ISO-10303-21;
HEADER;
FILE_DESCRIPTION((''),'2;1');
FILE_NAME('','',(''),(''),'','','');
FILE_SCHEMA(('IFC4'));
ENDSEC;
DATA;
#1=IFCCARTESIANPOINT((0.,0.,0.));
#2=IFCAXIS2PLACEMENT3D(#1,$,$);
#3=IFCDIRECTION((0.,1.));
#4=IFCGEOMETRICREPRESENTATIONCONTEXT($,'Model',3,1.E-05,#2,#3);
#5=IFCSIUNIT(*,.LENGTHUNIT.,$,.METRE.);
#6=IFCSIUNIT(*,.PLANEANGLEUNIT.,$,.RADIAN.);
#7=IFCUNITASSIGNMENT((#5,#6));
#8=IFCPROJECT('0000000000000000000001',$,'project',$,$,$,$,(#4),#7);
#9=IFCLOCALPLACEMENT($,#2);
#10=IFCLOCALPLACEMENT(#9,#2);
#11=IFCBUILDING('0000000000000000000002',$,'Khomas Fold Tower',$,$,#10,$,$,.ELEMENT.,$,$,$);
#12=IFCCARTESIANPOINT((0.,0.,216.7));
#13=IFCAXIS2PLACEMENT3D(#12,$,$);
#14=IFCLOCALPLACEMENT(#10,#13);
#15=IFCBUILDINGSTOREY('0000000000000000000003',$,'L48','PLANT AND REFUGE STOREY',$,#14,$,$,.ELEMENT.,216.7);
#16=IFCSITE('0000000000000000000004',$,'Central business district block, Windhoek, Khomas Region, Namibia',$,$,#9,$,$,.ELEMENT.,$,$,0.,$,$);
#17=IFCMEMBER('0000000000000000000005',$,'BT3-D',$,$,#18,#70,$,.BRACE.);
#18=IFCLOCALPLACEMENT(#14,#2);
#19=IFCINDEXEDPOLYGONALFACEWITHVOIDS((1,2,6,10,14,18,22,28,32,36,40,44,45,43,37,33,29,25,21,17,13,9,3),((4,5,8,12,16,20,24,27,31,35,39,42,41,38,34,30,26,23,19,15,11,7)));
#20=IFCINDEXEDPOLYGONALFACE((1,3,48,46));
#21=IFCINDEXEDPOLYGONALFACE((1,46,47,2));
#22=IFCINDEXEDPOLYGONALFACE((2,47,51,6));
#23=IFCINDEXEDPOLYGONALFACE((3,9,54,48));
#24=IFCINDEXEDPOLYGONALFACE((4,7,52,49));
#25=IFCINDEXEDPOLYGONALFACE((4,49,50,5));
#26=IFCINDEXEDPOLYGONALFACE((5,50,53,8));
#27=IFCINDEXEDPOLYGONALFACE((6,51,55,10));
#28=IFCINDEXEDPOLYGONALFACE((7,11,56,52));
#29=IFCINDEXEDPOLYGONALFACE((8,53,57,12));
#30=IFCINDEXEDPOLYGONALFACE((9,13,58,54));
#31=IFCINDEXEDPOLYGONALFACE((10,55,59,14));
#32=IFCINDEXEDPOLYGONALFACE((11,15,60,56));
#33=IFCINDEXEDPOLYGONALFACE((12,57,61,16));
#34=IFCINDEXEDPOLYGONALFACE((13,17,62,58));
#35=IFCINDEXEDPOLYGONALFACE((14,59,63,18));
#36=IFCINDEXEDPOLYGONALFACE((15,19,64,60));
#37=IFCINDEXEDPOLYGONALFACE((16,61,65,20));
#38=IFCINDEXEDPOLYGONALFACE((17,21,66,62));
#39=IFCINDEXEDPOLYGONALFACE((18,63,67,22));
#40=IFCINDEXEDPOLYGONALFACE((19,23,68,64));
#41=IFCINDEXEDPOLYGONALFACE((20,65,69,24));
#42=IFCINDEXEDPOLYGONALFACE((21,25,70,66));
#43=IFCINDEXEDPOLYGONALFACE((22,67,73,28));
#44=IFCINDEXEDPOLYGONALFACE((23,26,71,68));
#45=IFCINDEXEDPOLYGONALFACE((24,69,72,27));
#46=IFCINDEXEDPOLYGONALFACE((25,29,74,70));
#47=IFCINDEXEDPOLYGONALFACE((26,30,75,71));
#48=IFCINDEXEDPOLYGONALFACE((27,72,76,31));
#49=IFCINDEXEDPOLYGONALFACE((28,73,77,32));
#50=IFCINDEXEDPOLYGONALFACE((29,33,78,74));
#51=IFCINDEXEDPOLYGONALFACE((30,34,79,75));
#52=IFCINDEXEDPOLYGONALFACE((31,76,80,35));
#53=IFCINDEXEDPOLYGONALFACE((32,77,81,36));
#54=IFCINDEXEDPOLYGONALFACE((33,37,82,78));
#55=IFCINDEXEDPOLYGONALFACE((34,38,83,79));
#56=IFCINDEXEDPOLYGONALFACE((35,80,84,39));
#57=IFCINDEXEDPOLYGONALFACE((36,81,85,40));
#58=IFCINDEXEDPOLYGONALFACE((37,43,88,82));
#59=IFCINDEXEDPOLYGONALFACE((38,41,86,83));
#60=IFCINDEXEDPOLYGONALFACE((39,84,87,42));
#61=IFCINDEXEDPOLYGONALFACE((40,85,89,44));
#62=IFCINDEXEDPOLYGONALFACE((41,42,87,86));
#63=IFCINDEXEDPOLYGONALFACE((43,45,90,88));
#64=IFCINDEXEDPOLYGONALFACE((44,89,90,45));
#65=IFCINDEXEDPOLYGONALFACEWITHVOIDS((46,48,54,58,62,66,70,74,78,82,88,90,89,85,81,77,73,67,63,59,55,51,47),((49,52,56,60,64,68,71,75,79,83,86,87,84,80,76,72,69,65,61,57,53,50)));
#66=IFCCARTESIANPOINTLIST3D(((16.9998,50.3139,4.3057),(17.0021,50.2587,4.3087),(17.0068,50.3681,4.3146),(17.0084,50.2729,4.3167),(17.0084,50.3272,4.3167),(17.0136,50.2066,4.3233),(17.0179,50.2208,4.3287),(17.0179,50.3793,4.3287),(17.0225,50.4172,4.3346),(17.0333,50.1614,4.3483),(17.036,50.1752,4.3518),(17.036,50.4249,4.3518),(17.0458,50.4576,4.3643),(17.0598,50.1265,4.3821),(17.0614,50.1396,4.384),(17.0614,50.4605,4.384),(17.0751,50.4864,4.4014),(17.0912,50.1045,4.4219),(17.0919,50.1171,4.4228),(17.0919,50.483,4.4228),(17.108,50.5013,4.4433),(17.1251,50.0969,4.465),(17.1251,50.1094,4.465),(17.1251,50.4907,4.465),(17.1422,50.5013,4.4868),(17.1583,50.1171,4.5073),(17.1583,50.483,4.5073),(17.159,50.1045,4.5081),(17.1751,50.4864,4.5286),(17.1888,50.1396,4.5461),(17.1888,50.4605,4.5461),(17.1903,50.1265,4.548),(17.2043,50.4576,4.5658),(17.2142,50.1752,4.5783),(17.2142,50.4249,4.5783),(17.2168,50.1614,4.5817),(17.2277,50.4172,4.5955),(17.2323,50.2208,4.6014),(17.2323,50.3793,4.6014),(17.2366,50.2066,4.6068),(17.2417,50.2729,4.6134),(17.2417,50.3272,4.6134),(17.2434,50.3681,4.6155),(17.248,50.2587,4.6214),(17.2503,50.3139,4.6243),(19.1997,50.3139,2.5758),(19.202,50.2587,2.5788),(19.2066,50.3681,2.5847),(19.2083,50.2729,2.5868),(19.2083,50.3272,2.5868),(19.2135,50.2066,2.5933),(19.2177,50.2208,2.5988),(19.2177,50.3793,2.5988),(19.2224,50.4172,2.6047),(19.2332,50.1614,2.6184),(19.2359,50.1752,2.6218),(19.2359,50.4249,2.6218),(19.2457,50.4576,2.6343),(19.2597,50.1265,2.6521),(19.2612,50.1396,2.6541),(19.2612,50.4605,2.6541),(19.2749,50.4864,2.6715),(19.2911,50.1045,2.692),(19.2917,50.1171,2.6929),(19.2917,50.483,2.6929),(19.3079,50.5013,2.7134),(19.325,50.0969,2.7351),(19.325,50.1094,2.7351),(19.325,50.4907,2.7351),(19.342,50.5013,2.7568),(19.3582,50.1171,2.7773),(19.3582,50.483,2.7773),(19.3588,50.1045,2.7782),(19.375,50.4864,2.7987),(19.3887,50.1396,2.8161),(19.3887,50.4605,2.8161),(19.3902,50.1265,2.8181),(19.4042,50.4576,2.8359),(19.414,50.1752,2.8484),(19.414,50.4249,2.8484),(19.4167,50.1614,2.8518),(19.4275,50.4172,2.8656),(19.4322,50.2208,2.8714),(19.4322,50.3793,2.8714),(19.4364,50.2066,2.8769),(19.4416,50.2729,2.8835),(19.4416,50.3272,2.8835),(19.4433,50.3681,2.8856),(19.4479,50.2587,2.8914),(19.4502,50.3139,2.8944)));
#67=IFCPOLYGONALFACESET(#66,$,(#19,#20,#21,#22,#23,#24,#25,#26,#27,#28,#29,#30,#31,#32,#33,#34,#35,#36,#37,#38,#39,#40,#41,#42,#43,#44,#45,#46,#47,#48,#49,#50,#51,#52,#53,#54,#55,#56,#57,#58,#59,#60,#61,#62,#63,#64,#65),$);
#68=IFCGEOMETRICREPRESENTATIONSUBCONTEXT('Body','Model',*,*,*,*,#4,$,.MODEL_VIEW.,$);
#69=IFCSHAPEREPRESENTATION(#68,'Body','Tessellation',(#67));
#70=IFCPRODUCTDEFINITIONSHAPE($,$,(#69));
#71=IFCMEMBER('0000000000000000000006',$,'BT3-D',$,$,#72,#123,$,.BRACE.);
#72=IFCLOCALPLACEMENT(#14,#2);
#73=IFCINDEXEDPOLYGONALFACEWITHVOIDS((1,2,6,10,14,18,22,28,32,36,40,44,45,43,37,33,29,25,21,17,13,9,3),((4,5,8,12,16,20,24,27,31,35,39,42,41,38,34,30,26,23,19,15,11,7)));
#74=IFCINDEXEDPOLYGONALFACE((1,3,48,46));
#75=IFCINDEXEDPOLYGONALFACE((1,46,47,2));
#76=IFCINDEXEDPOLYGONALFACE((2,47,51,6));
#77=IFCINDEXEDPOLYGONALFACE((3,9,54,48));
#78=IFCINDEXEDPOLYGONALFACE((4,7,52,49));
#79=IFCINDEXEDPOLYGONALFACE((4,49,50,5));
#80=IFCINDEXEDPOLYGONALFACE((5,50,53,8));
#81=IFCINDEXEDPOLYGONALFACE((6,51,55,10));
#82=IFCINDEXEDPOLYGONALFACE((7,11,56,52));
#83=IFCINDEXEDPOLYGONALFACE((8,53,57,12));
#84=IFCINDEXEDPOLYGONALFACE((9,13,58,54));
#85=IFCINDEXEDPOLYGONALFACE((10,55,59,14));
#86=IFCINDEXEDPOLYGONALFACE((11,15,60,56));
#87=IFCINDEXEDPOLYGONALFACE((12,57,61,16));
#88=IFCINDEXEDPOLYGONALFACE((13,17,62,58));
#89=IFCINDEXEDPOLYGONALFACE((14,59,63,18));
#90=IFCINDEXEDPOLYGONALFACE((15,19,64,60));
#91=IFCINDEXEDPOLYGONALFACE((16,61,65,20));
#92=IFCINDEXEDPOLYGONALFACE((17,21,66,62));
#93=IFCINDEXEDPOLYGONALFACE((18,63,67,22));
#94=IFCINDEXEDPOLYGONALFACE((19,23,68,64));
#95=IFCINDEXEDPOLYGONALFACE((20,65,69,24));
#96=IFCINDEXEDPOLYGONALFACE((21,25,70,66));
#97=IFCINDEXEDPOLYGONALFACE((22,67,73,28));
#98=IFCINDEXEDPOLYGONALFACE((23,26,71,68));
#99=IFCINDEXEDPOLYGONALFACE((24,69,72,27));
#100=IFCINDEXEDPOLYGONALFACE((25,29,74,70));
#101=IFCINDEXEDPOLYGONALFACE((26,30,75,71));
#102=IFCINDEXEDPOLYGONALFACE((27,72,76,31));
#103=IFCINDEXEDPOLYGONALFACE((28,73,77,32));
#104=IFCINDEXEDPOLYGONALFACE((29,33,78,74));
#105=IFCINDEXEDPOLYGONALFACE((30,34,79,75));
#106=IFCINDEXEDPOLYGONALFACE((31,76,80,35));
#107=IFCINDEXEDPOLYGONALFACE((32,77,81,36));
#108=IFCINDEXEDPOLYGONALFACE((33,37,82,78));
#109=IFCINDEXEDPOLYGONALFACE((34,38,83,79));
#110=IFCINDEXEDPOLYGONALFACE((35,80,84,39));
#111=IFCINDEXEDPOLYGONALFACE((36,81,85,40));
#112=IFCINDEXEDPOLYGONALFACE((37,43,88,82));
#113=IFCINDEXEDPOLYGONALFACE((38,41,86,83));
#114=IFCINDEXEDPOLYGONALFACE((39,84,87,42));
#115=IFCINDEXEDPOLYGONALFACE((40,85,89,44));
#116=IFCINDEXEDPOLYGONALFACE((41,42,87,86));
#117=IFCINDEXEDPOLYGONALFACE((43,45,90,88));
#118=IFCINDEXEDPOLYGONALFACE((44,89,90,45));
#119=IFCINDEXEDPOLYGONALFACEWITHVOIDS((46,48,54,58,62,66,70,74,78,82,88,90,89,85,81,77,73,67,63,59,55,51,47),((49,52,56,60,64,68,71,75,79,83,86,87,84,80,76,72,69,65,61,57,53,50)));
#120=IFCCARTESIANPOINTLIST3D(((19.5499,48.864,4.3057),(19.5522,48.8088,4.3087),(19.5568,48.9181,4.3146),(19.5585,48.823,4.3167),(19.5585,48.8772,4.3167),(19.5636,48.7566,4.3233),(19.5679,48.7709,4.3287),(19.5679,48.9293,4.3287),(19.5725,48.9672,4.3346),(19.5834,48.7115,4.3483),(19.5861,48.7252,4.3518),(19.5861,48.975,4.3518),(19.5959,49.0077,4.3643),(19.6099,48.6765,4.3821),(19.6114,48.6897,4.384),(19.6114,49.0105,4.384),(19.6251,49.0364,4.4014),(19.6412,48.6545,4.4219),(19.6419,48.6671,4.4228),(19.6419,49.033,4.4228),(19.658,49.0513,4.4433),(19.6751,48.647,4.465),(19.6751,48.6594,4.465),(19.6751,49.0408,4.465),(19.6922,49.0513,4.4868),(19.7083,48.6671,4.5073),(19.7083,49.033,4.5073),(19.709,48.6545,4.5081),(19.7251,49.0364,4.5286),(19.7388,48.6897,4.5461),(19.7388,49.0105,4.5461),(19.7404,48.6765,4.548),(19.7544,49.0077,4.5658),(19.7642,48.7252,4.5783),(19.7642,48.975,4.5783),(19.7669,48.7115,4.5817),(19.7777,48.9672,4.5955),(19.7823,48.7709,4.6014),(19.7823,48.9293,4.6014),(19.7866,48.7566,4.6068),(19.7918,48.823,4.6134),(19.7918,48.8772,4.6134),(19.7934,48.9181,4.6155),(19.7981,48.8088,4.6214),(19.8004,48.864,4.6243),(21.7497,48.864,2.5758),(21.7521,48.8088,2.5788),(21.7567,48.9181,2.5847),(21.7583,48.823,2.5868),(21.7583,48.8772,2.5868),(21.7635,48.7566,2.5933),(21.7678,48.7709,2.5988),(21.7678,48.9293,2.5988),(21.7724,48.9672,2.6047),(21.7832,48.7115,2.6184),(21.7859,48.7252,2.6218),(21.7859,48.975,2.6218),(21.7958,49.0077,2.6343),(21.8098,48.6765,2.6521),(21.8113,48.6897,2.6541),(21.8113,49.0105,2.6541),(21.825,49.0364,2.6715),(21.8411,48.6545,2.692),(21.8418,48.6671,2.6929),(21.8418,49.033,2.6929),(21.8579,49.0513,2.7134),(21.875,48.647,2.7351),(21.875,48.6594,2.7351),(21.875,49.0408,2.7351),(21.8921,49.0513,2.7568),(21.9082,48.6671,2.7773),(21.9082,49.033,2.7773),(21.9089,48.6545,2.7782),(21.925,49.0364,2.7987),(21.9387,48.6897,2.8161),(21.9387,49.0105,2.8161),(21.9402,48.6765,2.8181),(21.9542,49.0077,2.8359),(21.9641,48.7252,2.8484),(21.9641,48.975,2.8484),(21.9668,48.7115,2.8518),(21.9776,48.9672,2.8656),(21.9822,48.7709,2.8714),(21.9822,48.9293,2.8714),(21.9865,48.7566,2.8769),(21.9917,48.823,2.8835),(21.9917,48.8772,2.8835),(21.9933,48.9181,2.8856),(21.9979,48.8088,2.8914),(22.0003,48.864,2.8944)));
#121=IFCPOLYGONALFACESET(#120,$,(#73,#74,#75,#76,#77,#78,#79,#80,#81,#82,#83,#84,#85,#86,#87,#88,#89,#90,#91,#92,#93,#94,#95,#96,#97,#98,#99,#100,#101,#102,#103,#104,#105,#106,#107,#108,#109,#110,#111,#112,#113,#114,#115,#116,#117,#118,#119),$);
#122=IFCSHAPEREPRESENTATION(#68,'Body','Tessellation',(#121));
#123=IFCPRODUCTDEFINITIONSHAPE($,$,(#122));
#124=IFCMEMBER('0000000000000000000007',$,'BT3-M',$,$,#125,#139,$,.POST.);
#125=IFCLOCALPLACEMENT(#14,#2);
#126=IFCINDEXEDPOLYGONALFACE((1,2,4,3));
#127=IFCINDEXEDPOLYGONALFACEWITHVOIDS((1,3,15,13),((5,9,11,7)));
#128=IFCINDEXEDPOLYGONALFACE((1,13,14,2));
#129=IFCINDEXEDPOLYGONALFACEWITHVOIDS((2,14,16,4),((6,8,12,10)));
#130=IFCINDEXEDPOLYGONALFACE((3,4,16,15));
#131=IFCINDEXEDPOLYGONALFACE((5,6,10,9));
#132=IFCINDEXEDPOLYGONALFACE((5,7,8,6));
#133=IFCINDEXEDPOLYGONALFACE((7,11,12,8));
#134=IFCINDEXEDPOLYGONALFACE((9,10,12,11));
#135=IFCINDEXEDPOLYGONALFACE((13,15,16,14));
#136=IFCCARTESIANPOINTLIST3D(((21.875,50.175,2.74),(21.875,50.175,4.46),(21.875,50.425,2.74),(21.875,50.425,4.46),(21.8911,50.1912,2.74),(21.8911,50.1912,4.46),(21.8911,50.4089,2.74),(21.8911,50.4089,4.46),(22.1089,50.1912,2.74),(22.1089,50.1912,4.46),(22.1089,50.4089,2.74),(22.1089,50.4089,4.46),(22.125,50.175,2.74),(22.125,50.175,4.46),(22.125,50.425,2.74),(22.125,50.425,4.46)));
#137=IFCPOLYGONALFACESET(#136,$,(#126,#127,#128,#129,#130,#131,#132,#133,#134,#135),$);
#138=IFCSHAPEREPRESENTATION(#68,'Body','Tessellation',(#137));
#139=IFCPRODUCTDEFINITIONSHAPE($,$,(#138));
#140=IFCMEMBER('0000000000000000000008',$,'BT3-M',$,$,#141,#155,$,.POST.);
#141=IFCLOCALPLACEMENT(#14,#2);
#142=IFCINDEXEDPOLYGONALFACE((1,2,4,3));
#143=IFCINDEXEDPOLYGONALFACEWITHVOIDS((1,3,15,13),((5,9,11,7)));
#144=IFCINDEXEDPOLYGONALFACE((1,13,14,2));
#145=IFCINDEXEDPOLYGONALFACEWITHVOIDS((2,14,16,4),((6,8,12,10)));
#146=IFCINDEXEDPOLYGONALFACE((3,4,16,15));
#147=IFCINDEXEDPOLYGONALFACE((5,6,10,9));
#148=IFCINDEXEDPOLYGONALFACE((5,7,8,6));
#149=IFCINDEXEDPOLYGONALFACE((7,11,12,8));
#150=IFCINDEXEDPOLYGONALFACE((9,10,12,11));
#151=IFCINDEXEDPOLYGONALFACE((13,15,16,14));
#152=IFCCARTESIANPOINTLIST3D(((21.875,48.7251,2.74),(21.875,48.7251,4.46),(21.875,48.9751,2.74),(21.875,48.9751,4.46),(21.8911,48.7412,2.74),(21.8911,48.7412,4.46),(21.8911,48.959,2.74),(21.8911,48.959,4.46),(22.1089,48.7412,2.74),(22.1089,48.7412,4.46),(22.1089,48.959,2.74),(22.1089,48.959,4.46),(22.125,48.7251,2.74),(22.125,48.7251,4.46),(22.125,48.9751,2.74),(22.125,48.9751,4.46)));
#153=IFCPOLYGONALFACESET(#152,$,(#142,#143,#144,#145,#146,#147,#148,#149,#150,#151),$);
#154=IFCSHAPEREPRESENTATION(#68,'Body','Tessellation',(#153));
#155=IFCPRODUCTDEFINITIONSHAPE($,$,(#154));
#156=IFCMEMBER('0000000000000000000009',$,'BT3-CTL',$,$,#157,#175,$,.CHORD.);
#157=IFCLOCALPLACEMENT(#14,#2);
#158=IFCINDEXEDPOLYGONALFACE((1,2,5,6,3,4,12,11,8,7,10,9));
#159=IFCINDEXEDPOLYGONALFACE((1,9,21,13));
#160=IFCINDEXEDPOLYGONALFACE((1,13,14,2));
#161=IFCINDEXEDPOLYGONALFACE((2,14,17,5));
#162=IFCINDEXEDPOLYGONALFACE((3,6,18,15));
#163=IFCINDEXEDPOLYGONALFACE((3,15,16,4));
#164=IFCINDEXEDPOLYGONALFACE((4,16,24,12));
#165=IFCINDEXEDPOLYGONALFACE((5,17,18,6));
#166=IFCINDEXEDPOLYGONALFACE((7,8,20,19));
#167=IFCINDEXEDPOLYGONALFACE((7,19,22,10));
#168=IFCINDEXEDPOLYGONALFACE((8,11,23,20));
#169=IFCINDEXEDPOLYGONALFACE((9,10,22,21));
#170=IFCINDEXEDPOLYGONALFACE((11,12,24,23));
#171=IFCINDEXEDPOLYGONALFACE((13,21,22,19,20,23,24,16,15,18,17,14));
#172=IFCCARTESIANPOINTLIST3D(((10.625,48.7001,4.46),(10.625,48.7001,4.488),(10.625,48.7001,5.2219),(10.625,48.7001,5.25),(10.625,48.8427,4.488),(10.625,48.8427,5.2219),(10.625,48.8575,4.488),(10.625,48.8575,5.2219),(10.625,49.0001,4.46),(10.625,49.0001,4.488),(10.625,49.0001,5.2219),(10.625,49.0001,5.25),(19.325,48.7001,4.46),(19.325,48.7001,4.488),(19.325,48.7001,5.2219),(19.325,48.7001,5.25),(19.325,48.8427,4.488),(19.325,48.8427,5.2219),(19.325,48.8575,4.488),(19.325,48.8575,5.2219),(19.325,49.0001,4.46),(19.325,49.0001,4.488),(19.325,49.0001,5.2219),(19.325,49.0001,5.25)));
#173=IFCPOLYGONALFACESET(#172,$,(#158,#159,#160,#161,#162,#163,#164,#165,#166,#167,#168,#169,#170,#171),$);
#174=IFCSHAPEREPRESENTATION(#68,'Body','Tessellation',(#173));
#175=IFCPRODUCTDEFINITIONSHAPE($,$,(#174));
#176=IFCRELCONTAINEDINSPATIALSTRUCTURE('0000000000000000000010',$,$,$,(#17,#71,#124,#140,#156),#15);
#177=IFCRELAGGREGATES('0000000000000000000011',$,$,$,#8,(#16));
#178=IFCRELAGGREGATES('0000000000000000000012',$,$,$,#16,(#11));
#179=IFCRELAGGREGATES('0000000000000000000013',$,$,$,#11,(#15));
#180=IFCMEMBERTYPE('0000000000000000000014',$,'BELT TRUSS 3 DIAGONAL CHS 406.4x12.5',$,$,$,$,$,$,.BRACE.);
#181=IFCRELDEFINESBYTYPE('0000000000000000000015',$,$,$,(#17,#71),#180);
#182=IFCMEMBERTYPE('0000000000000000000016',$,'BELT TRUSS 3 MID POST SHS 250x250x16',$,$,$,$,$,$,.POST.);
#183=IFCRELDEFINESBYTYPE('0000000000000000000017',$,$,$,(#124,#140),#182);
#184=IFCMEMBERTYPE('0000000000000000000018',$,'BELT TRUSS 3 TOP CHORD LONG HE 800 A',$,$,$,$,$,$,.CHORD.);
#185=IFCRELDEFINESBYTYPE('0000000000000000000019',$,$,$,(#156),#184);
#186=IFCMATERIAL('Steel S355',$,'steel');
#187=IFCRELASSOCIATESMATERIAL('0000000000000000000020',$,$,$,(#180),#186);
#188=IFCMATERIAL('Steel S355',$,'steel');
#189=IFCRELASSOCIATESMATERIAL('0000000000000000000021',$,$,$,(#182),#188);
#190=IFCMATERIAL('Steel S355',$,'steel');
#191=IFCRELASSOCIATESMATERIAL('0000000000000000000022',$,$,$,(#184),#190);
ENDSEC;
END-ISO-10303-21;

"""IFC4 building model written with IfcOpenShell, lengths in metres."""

from ifc_helpers import new_model, si_unit, direction, frame, origin, origin_2d, place, context, subcontext, project, spatial, hollow_rectangle, hollow_circle, i_section, extrude, source, transform, mapped, material, material_profile, profile_set, type_object, element, save


model = new_model("IFC4")

# Units and contexts
model_context = context("Model", 3, precision=1e-05, world=origin(), true_north=direction((0.0, 1.0)))
body_context = subcontext(model_context, "Body", "Model", "MODEL_VIEW")
ifc_project = project(units=[si_unit("LENGTHUNIT", "METRE"), si_unit("PLANEANGLEUNIT", "RADIAN")], contexts=[model_context])

# Site, building, storey
site_placement = place(None, origin())
site = spatial("IfcSite", under=ifc_project, at=site_placement, Name="Central business district block, Windhoek, Khomas Region, Namibia", CompositionType="ELEMENT", RefElevation=0.0)
building_placement = place(site_placement, origin())
building = spatial("IfcBuilding", under=site, at=building_placement, Name="Khomas Fold Tower", CompositionType="ELEMENT")
storey_placement = place(building_placement, frame((0.0, 0.0, 216.7)))
storey = spatial("IfcBuildingStorey", under=building, at=storey_placement, Name="L48", Description="PLANT AND REFUGE STOREY", CompositionType="ELEMENT", Elevation=216.7)

# Members
ifc_material_1 = material(Name="Steel S355", Category="steel")
ifc_material_profile_1 = material_profile(ifc_material_1, hollow_circle(Radius=0.2031, WallThickness=0.0125, at=origin_2d()), Name="CHS 406.4x12.5")
ifc_profile_set_1 = profile_set([ifc_material_profile_1], Name="Steel S355")
member_type_1 = type_object("IfcMemberType", Name="BELT TRUSS 3 DIAGONAL CHS 406.4x12.5", PredefinedType="BRACE", material=ifc_profile_set_1)
shared_shape_1 = source(origin(), body_context, "Body", "SweptSolid", [
    extrude(hollow_circle(Radius=0.2031, WallThickness=0.0125, at=origin_2d()), origin(), (0.0, 0.0, 1.0), 2.7986),
])
for number, where, z_axis, x_axis, name in (
    (1, (19.325, 50.3, 2.7351), (-0.786067, 0.0, 0.618141), (0.0, -1.0, 0.0), "BT3-D"),
    (2, (21.875, 48.8501, 2.7351), (-0.786067, 0.0, 0.618141), (0.0, -1.0, 0.0), "BT3-D"),
):
    element("IfcMember", number, at=place(storey_placement, frame(where, z_axis=z_axis, x_axis=x_axis)), inside=storey, type_object=member_type_1, Name=name, PredefinedType="BRACE", context=body_context, shape_type="MappedRepresentation", body=[
        mapped(shared_shape_1, transform((0.0, 0.0, 0.0))),
    ])
ifc_material_2 = material(Name="Steel S355", Category="steel")
ifc_material_profile_2 = material_profile(ifc_material_2, hollow_rectangle(XDim=0.25, YDim=0.25, WallThickness=0.0161, at=origin_2d()), Name="SHS 250x250x16")
ifc_profile_set_2 = profile_set([ifc_material_profile_2], Name="Steel S355")
member_type_2 = type_object("IfcMemberType", Name="BELT TRUSS 3 MID POST SHS 250x250x16", PredefinedType="POST", material=ifc_profile_set_2)
shared_shape_2 = source(origin(), body_context, "Body", "SweptSolid", [
    extrude(hollow_rectangle(XDim=0.25, YDim=0.25, WallThickness=0.0161, at=origin_2d()), origin(), (0.0, 0.0, 1.0), 1.72),
])
for number, where, z_axis, x_axis, name in (
    (3, (22.0, 50.3, 2.74), (0.0, 0.0, 1.0), (1.0, 0.0, 0.0), "BT3-M"),
    (4, (22.0, 48.8501, 2.74), (0.0, 0.0, 1.0), (1.0, 0.0, 0.0), "BT3-M"),
):
    element("IfcMember", number, at=place(storey_placement, frame(where, z_axis=z_axis, x_axis=x_axis)), inside=storey, type_object=member_type_2, Name=name, PredefinedType="POST", context=body_context, shape_type="MappedRepresentation", body=[
        mapped(shared_shape_2, transform((0.0, 0.0, 0.0))),
    ])
ifc_material_3 = material(Name="Steel S355", Category="steel")
ifc_material_profile_3 = material_profile(ifc_material_3, i_section(OverallWidth=0.3, OverallDepth=0.79, WebThickness=0.0149, FlangeThickness=0.0281, at=origin_2d()), Name="HE 800 A")
ifc_profile_set_3 = profile_set([ifc_material_profile_3], Name="Steel S355")
member_type_3 = type_object("IfcMemberType", Name="BELT TRUSS 3 TOP CHORD LONG HE 800 A", PredefinedType="CHORD", material=ifc_profile_set_3)
shared_shape_3 = source(origin(), body_context, "Body", "SweptSolid", [
    extrude(i_section(OverallWidth=0.3, OverallDepth=0.79, WebThickness=0.0149, FlangeThickness=0.0281, at=origin_2d()), origin(), (0.0, 0.0, 1.0), 8.7),
])
member_1_placement = place(storey_placement, frame((19.325, 48.8501, 4.855), z_axis=(-1.0, 0.0, 0.0), x_axis=(0.0, -1.0, 0.0)))
element("IfcMember", 5, at=member_1_placement, inside=storey, type_object=member_type_3, Name="BT3-CTL", PredefinedType="CHORD", context=body_context, shape_type="MappedRepresentation", body=[
    mapped(shared_shape_3, transform((0.0, 0.0, 0.0))),
])

save(model, "model.ifc")
